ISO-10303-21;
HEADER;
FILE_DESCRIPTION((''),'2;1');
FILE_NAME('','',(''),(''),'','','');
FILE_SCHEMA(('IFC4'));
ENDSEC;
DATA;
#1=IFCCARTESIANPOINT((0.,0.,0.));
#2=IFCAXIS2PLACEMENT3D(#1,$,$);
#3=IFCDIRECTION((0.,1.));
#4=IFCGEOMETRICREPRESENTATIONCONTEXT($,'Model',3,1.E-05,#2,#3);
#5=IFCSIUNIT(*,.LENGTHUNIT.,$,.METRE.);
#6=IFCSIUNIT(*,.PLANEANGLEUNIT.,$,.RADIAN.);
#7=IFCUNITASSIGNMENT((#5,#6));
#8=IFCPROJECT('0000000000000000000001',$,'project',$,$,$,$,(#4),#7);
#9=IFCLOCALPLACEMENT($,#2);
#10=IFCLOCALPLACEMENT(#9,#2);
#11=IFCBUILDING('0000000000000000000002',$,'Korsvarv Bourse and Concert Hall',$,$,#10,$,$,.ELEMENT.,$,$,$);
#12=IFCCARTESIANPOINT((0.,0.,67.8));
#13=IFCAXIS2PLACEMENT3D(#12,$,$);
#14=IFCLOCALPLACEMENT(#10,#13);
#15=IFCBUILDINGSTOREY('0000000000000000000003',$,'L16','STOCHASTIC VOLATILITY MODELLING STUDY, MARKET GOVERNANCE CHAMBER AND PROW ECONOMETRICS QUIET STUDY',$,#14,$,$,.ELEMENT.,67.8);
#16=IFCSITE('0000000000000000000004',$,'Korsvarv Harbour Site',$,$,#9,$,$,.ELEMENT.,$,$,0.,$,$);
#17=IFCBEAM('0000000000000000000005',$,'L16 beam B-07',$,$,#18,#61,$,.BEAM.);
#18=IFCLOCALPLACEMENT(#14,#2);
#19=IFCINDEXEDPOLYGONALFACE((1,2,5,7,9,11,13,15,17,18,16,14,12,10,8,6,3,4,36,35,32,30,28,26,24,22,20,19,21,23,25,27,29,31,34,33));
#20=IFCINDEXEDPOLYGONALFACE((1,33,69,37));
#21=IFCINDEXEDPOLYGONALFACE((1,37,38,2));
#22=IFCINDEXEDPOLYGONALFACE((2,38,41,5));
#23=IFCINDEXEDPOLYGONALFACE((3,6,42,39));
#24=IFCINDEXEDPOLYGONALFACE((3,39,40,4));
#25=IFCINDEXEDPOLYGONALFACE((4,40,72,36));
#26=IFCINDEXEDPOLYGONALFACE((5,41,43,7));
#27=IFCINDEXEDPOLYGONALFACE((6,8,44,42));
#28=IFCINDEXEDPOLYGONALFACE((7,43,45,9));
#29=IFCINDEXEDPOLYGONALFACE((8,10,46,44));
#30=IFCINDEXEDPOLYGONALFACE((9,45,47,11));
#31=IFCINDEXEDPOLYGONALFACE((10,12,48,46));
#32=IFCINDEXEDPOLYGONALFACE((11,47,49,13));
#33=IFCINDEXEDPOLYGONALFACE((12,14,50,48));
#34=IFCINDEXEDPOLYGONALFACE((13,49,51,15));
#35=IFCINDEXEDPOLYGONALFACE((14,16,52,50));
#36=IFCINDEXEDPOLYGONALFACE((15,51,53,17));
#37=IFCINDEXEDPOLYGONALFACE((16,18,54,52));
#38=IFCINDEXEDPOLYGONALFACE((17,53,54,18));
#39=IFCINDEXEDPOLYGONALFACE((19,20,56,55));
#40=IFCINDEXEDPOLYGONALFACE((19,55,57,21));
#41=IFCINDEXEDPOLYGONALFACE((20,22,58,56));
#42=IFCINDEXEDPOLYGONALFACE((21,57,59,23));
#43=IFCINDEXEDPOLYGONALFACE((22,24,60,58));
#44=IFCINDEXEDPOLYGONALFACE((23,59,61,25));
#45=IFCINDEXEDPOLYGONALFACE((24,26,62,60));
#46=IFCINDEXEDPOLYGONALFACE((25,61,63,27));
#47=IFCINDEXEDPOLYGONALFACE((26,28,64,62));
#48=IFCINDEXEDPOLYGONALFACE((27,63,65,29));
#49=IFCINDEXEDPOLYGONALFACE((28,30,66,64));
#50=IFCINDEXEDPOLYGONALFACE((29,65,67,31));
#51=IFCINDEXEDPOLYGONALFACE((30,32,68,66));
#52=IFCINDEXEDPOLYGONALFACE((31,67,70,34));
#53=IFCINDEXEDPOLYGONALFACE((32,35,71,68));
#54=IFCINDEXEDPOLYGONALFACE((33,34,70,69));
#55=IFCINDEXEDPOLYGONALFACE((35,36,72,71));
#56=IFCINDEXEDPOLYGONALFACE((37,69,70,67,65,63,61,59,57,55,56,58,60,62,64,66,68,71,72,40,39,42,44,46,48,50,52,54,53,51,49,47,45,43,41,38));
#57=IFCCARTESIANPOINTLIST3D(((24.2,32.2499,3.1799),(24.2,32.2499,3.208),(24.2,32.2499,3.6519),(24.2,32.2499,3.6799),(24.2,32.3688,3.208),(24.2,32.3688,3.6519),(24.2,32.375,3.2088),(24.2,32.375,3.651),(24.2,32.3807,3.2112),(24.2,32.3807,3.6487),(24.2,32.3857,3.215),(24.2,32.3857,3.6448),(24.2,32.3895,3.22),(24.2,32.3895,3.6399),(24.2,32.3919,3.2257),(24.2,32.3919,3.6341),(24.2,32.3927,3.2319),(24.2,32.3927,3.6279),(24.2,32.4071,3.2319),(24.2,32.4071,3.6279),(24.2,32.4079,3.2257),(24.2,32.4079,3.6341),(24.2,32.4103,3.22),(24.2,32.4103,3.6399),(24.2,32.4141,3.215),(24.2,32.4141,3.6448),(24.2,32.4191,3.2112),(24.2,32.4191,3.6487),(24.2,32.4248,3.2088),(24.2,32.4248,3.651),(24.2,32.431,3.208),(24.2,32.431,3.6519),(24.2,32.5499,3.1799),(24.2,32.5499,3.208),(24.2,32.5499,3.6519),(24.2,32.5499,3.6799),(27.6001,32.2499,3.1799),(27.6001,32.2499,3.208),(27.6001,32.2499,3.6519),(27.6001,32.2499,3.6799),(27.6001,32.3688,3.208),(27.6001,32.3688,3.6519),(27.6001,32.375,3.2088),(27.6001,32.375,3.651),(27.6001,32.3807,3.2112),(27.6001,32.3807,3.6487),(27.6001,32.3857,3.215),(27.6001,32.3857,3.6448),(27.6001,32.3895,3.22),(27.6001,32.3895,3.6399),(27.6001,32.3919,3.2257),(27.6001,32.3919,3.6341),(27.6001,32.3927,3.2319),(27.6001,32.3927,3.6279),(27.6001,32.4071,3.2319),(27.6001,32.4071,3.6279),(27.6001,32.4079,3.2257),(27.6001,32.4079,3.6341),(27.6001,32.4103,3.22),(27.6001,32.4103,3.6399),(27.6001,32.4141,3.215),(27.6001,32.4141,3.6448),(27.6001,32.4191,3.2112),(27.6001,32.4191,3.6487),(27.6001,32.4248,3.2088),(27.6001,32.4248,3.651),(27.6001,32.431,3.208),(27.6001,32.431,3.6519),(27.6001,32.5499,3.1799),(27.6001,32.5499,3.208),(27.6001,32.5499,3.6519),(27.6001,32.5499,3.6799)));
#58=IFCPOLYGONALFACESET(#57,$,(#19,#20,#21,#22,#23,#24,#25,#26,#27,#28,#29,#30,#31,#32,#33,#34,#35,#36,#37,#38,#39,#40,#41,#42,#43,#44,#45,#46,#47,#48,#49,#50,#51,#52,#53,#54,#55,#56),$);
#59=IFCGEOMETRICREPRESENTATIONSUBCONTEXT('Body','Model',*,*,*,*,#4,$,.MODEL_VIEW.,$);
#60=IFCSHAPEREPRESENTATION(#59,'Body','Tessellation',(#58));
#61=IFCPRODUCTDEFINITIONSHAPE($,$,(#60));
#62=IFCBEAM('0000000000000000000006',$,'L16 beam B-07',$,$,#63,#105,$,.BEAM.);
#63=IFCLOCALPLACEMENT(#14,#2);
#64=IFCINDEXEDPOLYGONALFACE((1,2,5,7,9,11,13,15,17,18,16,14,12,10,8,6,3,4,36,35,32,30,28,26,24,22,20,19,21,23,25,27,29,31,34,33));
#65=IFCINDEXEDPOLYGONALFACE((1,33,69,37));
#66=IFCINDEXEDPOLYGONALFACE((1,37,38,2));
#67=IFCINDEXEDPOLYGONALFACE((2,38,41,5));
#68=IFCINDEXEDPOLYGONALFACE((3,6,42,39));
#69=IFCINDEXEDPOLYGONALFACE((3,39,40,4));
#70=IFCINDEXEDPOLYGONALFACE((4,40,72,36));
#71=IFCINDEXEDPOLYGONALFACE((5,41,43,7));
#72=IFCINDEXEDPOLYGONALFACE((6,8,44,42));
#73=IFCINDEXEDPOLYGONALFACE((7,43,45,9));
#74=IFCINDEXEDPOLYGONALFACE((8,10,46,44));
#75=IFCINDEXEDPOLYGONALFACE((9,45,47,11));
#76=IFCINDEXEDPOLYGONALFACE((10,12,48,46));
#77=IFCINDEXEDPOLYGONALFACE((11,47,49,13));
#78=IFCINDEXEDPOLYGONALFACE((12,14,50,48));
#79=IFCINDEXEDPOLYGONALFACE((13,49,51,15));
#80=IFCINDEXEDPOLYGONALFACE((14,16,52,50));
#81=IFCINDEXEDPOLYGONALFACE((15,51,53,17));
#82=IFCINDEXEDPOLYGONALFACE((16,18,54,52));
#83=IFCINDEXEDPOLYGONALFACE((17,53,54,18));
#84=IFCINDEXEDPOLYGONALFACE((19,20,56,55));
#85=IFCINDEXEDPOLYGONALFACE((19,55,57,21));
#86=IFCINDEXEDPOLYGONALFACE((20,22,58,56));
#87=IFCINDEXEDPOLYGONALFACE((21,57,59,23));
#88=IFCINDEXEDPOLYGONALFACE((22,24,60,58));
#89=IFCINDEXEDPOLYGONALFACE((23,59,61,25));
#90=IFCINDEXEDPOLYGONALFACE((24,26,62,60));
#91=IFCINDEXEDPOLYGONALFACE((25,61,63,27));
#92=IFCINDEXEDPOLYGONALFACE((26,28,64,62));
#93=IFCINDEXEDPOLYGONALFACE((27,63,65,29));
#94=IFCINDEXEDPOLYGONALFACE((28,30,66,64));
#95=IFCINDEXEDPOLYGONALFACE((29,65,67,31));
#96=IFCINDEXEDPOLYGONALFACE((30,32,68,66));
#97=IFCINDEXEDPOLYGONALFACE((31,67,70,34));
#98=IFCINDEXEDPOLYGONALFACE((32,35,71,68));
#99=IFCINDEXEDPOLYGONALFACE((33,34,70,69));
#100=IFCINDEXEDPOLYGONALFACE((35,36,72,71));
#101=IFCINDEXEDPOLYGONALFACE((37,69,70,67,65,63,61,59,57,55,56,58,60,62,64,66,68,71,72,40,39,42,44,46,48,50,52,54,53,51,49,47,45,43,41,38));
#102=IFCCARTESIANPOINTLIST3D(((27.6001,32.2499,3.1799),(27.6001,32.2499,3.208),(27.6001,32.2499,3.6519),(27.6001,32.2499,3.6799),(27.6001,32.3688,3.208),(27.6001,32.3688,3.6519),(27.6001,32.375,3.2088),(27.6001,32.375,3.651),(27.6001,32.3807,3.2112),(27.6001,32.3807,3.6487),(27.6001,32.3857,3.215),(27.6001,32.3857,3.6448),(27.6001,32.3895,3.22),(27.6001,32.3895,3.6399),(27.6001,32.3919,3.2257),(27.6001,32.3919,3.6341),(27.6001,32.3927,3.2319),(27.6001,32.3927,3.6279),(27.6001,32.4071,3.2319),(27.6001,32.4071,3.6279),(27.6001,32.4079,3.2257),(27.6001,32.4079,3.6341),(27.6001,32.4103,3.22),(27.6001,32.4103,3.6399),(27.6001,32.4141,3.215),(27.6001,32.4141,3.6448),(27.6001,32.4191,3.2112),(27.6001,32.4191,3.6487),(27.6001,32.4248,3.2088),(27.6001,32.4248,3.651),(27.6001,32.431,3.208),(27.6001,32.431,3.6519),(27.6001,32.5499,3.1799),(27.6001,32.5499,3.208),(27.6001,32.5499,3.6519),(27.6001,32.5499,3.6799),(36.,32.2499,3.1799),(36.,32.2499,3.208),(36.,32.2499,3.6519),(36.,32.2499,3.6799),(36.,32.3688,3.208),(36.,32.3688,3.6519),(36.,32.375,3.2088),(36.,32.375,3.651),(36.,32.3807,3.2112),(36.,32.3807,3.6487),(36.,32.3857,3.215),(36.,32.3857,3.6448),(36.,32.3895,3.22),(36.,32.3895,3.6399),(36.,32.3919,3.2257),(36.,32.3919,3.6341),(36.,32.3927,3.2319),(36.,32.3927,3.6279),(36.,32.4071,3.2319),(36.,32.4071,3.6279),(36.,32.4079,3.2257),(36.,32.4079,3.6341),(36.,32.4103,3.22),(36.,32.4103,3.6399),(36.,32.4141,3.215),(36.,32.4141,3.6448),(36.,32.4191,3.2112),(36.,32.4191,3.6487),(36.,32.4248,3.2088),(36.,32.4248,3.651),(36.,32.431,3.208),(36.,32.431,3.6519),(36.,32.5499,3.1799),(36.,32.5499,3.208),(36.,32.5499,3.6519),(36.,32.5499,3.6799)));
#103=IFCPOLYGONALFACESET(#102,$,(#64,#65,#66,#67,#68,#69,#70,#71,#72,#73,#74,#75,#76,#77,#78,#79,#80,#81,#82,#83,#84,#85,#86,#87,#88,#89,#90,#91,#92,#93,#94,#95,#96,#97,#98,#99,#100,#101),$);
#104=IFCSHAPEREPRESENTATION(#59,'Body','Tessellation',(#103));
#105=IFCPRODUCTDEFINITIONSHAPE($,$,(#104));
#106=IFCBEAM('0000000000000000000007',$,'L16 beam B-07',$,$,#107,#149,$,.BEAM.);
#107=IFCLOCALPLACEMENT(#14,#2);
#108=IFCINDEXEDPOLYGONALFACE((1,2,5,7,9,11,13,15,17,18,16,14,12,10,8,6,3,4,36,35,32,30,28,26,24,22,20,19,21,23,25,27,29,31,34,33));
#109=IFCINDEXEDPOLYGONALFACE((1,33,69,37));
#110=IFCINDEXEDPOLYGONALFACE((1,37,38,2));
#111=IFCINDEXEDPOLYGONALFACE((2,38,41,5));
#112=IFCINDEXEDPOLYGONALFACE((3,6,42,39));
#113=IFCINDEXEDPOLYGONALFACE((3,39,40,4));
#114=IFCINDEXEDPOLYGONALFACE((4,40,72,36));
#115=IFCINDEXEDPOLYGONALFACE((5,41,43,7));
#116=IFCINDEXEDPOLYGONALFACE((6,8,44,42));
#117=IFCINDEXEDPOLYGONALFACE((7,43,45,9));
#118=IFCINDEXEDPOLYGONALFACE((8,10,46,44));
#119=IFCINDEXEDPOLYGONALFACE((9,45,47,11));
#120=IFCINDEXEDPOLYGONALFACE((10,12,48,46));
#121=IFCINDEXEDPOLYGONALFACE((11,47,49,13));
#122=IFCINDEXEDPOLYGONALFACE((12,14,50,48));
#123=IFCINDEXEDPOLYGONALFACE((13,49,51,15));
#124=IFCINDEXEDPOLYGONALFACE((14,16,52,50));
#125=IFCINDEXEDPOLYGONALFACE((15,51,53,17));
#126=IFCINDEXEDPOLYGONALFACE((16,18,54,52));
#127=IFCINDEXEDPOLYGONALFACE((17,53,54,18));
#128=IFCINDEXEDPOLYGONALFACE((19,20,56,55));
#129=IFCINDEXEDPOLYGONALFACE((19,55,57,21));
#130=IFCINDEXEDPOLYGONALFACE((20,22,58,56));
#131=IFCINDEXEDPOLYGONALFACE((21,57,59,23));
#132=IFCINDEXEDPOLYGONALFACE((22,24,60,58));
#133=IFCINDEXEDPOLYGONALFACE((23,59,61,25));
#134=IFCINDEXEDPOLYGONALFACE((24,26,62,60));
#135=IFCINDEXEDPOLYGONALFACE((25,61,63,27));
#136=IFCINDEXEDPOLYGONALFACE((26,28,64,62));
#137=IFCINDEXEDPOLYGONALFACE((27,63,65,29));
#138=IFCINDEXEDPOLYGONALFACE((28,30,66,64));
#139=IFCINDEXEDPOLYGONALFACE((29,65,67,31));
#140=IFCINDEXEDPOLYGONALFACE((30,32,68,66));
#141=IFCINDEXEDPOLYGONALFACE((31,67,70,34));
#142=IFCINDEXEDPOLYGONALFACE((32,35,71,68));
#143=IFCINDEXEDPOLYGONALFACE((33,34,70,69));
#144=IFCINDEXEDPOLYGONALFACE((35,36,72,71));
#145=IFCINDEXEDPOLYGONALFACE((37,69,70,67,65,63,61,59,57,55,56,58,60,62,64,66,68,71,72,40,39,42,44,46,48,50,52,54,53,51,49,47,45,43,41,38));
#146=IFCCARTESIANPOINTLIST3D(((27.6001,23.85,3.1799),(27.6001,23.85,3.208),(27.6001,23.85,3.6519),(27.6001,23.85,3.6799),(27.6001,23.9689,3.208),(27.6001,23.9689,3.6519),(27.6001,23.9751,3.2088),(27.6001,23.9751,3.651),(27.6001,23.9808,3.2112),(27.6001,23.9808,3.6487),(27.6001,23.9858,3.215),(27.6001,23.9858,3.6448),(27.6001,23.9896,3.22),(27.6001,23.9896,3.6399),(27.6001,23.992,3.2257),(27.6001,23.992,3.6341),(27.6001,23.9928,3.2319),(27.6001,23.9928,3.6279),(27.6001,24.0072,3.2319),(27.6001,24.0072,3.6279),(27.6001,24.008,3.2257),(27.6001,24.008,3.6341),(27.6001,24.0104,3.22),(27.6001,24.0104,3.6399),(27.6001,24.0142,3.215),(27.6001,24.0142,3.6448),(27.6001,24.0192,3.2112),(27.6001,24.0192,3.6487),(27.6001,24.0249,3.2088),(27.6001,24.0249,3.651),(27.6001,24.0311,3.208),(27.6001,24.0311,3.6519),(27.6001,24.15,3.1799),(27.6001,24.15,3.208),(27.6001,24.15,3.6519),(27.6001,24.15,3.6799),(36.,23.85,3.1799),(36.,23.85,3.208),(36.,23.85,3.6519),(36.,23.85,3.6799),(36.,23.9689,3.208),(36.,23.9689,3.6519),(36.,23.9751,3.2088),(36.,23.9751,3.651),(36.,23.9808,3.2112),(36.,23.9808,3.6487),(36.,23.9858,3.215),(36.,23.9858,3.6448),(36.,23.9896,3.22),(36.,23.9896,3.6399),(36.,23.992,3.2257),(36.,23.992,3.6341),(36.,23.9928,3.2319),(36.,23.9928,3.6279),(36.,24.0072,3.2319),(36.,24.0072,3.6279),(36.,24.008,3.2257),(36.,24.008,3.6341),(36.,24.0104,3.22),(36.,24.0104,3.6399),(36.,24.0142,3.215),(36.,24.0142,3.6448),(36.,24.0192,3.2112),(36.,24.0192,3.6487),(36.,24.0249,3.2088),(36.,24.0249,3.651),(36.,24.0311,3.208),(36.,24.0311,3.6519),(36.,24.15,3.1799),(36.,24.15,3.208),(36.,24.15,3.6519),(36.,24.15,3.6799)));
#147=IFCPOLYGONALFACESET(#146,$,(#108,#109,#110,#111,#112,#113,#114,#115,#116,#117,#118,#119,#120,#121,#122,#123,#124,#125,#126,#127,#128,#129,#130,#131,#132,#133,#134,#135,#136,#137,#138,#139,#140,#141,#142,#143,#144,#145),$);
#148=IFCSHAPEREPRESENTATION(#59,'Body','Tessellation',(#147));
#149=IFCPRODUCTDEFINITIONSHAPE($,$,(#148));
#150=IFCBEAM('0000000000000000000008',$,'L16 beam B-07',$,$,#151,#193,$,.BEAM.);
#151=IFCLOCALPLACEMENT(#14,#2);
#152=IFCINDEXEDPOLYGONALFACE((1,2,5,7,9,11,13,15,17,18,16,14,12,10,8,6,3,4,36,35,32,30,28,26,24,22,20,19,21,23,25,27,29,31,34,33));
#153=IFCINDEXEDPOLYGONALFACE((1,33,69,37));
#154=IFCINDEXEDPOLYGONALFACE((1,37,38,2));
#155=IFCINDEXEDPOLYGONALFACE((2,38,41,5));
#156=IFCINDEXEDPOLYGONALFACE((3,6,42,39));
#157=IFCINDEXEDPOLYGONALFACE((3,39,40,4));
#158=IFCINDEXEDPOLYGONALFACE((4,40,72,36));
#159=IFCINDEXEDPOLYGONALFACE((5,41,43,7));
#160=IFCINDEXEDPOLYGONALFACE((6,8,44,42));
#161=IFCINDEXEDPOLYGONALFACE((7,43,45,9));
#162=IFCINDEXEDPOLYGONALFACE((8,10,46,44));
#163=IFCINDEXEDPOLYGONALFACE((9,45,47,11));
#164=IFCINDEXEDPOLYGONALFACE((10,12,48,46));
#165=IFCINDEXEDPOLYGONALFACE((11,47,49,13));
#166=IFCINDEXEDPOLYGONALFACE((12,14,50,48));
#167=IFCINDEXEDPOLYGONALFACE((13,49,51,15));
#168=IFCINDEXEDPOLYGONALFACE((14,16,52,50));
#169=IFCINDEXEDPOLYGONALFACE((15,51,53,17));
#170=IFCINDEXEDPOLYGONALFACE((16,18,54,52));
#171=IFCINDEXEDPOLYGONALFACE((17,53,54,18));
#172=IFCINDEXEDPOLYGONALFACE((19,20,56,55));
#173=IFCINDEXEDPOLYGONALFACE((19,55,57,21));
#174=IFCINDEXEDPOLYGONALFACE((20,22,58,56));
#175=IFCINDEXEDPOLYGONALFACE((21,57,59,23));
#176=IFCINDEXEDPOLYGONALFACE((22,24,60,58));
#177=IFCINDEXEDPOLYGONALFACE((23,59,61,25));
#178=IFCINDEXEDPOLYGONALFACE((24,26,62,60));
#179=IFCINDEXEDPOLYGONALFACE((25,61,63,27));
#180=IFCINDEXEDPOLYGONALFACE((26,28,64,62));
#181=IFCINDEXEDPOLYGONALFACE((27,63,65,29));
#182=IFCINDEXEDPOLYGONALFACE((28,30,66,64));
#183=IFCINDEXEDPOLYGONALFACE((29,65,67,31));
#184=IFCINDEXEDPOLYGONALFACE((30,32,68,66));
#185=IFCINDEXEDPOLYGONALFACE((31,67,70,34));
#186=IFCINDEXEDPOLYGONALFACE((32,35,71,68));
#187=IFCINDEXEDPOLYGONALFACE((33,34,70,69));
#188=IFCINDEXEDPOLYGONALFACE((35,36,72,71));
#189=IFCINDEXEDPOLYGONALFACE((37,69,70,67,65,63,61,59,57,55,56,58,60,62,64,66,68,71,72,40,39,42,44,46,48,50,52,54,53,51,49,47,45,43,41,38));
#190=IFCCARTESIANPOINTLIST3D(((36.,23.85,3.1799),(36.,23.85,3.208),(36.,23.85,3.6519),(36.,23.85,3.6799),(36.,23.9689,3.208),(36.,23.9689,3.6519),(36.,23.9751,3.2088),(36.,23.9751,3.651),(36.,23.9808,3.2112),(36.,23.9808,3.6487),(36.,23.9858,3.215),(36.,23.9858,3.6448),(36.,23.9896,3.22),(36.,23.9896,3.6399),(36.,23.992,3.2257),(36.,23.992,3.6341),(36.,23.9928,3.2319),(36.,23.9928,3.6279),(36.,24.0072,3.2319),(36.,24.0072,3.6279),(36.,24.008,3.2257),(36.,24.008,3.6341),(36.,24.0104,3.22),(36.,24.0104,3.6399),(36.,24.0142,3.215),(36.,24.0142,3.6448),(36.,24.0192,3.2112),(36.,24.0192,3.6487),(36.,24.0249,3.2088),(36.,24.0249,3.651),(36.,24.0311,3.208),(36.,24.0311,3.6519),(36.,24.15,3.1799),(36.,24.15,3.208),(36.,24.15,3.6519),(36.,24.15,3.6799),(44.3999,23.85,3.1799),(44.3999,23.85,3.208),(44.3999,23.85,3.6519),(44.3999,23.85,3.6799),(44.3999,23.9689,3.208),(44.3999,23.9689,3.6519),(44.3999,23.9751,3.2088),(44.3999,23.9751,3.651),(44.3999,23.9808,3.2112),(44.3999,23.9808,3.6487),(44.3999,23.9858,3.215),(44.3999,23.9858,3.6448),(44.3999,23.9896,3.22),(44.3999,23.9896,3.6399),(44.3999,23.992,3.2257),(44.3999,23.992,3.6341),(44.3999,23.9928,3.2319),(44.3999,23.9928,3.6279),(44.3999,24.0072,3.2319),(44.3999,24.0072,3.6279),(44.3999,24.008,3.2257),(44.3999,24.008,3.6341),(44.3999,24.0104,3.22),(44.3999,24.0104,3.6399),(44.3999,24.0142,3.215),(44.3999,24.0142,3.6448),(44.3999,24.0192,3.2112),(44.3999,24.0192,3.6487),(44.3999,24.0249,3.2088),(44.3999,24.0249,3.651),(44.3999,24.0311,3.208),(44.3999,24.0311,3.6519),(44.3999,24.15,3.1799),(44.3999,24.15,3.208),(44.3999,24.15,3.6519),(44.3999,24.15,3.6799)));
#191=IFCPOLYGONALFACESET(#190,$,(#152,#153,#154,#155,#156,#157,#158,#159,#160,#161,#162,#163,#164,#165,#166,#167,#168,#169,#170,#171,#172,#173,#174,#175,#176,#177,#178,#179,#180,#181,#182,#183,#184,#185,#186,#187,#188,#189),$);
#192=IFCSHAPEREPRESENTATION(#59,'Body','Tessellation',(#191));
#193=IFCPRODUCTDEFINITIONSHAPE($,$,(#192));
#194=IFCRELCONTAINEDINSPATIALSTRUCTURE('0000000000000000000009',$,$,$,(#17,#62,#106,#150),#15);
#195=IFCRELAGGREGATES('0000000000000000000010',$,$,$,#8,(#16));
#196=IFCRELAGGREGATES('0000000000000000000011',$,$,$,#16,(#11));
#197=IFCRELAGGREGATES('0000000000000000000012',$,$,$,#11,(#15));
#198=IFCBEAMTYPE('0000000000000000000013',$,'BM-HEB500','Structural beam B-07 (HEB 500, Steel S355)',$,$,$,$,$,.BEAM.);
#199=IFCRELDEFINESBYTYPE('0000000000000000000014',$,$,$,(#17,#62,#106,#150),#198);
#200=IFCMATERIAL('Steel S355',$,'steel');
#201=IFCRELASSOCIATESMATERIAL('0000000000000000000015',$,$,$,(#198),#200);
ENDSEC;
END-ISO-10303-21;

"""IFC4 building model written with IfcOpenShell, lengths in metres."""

from ifc_helpers import new_model, si_unit, direction, frame, origin, origin_2d, place, context, subcontext, project, spatial, i_section, extrude, source, transform, mapped, material, material_profile, profile_set, type_object, element, save


model = new_model("IFC4")

# Units and contexts
model_context = context("Model", 3, precision=1e-05, world=origin(), true_north=direction((0.0, 1.0)))
body_context = subcontext(model_context, "Body", "Model", "MODEL_VIEW")
ifc_project = project(units=[si_unit("LENGTHUNIT", "METRE"), si_unit("PLANEANGLEUNIT", "RADIAN")], contexts=[model_context])

# Site, building, storey
site_placement = place(None, origin())
site = spatial("IfcSite", under=ifc_project, at=site_placement, Name="Korsvarv Harbour Site", CompositionType="ELEMENT", RefElevation=0.0)
building_placement = place(site_placement, origin())
building = spatial("IfcBuilding", under=site, at=building_placement, Name="Korsvarv Bourse and Concert Hall", CompositionType="ELEMENT")
storey_placement = place(building_placement, frame((0.0, 0.0, 67.8)))
storey = spatial("IfcBuildingStorey", under=building, at=storey_placement, Name="L16", Description="STOCHASTIC VOLATILITY MODELLING STUDY, MARKET GOVERNANCE CHAMBER AND PROW ECONOMETRICS QUIET STUDY", CompositionType="ELEMENT", Elevation=67.8)

# Beams
ifc_material_1 = material(Name="Steel S355", Category="steel")
ifc_material_profile_1 = material_profile(ifc_material_1, i_section(OverallWidth=0.3, OverallDepth=0.5, WebThickness=0.0144, FlangeThickness=0.0281, FilletRadius=0.0239, at=origin_2d()), Name="HEB 500")
ifc_profile_set_1 = profile_set([ifc_material_profile_1], Name="Steel S355")
beam_type_1 = type_object("IfcBeamType", Name="BM-HEB500", Description="Structural beam B-07 (HEB 500, Steel S355)", PredefinedType="BEAM", material=ifc_profile_set_1)
shared_shape_1 = source(origin(), body_context, "Body", "SweptSolid", [
    extrude(i_section(OverallWidth=0.3, OverallDepth=0.5, WebThickness=0.0144, FlangeThickness=0.0281, FilletRadius=0.0239, at=origin_2d()), origin(), (0.0, 0.0, 1.0), 3.4001),
])
beam_1_placement = place(storey_placement, frame((24.2, 32.3999, 3.4299), z_axis=(1.0, 0.0, 0.0), x_axis=(0.0, 1.0, 0.0)))
element("IfcBeam", 1, at=beam_1_placement, inside=storey, type_object=beam_type_1, Name="L16 beam B-07", PredefinedType="BEAM", context=body_context, shape_type="MappedRepresentation", body=[
    mapped(shared_shape_1, transform((0.0, 0.0, 0.0), scale=1.0)),
])
shared_shape_2 = source(origin(), body_context, "Body", "SweptSolid", [
    extrude(i_section(OverallWidth=0.3, OverallDepth=0.5, WebThickness=0.0144, FlangeThickness=0.0281, FilletRadius=0.0239, at=origin_2d()), origin(), (0.0, 0.0, 1.0), 8.3999),
])
for number, where, z_axis, x_axis, name in (
    (2, (27.6001, 32.3999, 3.4299), (1.0, 0.0, 0.0), (0.0, 1.0, 0.0), "L16 beam B-07"),
    (3, (27.6001, 24.0, 3.4299), (1.0, 0.0, 0.0), (0.0, 1.0, 0.0), "L16 beam B-07"),
    (4, (36.0, 24.0, 3.4299), (1.0, 0.0, 0.0), (0.0, 1.0, 0.0), "L16 beam B-07"),
):
    element("IfcBeam", number, at=place(storey_placement, frame(where, z_axis=z_axis, x_axis=x_axis)), inside=storey, type_object=beam_type_1, Name=name, PredefinedType="BEAM", context=body_context, shape_type="MappedRepresentation", body=[
        mapped(shared_shape_2, transform((0.0, 0.0, 0.0), scale=1.0)),
    ])

save(model, "model.ifc")
